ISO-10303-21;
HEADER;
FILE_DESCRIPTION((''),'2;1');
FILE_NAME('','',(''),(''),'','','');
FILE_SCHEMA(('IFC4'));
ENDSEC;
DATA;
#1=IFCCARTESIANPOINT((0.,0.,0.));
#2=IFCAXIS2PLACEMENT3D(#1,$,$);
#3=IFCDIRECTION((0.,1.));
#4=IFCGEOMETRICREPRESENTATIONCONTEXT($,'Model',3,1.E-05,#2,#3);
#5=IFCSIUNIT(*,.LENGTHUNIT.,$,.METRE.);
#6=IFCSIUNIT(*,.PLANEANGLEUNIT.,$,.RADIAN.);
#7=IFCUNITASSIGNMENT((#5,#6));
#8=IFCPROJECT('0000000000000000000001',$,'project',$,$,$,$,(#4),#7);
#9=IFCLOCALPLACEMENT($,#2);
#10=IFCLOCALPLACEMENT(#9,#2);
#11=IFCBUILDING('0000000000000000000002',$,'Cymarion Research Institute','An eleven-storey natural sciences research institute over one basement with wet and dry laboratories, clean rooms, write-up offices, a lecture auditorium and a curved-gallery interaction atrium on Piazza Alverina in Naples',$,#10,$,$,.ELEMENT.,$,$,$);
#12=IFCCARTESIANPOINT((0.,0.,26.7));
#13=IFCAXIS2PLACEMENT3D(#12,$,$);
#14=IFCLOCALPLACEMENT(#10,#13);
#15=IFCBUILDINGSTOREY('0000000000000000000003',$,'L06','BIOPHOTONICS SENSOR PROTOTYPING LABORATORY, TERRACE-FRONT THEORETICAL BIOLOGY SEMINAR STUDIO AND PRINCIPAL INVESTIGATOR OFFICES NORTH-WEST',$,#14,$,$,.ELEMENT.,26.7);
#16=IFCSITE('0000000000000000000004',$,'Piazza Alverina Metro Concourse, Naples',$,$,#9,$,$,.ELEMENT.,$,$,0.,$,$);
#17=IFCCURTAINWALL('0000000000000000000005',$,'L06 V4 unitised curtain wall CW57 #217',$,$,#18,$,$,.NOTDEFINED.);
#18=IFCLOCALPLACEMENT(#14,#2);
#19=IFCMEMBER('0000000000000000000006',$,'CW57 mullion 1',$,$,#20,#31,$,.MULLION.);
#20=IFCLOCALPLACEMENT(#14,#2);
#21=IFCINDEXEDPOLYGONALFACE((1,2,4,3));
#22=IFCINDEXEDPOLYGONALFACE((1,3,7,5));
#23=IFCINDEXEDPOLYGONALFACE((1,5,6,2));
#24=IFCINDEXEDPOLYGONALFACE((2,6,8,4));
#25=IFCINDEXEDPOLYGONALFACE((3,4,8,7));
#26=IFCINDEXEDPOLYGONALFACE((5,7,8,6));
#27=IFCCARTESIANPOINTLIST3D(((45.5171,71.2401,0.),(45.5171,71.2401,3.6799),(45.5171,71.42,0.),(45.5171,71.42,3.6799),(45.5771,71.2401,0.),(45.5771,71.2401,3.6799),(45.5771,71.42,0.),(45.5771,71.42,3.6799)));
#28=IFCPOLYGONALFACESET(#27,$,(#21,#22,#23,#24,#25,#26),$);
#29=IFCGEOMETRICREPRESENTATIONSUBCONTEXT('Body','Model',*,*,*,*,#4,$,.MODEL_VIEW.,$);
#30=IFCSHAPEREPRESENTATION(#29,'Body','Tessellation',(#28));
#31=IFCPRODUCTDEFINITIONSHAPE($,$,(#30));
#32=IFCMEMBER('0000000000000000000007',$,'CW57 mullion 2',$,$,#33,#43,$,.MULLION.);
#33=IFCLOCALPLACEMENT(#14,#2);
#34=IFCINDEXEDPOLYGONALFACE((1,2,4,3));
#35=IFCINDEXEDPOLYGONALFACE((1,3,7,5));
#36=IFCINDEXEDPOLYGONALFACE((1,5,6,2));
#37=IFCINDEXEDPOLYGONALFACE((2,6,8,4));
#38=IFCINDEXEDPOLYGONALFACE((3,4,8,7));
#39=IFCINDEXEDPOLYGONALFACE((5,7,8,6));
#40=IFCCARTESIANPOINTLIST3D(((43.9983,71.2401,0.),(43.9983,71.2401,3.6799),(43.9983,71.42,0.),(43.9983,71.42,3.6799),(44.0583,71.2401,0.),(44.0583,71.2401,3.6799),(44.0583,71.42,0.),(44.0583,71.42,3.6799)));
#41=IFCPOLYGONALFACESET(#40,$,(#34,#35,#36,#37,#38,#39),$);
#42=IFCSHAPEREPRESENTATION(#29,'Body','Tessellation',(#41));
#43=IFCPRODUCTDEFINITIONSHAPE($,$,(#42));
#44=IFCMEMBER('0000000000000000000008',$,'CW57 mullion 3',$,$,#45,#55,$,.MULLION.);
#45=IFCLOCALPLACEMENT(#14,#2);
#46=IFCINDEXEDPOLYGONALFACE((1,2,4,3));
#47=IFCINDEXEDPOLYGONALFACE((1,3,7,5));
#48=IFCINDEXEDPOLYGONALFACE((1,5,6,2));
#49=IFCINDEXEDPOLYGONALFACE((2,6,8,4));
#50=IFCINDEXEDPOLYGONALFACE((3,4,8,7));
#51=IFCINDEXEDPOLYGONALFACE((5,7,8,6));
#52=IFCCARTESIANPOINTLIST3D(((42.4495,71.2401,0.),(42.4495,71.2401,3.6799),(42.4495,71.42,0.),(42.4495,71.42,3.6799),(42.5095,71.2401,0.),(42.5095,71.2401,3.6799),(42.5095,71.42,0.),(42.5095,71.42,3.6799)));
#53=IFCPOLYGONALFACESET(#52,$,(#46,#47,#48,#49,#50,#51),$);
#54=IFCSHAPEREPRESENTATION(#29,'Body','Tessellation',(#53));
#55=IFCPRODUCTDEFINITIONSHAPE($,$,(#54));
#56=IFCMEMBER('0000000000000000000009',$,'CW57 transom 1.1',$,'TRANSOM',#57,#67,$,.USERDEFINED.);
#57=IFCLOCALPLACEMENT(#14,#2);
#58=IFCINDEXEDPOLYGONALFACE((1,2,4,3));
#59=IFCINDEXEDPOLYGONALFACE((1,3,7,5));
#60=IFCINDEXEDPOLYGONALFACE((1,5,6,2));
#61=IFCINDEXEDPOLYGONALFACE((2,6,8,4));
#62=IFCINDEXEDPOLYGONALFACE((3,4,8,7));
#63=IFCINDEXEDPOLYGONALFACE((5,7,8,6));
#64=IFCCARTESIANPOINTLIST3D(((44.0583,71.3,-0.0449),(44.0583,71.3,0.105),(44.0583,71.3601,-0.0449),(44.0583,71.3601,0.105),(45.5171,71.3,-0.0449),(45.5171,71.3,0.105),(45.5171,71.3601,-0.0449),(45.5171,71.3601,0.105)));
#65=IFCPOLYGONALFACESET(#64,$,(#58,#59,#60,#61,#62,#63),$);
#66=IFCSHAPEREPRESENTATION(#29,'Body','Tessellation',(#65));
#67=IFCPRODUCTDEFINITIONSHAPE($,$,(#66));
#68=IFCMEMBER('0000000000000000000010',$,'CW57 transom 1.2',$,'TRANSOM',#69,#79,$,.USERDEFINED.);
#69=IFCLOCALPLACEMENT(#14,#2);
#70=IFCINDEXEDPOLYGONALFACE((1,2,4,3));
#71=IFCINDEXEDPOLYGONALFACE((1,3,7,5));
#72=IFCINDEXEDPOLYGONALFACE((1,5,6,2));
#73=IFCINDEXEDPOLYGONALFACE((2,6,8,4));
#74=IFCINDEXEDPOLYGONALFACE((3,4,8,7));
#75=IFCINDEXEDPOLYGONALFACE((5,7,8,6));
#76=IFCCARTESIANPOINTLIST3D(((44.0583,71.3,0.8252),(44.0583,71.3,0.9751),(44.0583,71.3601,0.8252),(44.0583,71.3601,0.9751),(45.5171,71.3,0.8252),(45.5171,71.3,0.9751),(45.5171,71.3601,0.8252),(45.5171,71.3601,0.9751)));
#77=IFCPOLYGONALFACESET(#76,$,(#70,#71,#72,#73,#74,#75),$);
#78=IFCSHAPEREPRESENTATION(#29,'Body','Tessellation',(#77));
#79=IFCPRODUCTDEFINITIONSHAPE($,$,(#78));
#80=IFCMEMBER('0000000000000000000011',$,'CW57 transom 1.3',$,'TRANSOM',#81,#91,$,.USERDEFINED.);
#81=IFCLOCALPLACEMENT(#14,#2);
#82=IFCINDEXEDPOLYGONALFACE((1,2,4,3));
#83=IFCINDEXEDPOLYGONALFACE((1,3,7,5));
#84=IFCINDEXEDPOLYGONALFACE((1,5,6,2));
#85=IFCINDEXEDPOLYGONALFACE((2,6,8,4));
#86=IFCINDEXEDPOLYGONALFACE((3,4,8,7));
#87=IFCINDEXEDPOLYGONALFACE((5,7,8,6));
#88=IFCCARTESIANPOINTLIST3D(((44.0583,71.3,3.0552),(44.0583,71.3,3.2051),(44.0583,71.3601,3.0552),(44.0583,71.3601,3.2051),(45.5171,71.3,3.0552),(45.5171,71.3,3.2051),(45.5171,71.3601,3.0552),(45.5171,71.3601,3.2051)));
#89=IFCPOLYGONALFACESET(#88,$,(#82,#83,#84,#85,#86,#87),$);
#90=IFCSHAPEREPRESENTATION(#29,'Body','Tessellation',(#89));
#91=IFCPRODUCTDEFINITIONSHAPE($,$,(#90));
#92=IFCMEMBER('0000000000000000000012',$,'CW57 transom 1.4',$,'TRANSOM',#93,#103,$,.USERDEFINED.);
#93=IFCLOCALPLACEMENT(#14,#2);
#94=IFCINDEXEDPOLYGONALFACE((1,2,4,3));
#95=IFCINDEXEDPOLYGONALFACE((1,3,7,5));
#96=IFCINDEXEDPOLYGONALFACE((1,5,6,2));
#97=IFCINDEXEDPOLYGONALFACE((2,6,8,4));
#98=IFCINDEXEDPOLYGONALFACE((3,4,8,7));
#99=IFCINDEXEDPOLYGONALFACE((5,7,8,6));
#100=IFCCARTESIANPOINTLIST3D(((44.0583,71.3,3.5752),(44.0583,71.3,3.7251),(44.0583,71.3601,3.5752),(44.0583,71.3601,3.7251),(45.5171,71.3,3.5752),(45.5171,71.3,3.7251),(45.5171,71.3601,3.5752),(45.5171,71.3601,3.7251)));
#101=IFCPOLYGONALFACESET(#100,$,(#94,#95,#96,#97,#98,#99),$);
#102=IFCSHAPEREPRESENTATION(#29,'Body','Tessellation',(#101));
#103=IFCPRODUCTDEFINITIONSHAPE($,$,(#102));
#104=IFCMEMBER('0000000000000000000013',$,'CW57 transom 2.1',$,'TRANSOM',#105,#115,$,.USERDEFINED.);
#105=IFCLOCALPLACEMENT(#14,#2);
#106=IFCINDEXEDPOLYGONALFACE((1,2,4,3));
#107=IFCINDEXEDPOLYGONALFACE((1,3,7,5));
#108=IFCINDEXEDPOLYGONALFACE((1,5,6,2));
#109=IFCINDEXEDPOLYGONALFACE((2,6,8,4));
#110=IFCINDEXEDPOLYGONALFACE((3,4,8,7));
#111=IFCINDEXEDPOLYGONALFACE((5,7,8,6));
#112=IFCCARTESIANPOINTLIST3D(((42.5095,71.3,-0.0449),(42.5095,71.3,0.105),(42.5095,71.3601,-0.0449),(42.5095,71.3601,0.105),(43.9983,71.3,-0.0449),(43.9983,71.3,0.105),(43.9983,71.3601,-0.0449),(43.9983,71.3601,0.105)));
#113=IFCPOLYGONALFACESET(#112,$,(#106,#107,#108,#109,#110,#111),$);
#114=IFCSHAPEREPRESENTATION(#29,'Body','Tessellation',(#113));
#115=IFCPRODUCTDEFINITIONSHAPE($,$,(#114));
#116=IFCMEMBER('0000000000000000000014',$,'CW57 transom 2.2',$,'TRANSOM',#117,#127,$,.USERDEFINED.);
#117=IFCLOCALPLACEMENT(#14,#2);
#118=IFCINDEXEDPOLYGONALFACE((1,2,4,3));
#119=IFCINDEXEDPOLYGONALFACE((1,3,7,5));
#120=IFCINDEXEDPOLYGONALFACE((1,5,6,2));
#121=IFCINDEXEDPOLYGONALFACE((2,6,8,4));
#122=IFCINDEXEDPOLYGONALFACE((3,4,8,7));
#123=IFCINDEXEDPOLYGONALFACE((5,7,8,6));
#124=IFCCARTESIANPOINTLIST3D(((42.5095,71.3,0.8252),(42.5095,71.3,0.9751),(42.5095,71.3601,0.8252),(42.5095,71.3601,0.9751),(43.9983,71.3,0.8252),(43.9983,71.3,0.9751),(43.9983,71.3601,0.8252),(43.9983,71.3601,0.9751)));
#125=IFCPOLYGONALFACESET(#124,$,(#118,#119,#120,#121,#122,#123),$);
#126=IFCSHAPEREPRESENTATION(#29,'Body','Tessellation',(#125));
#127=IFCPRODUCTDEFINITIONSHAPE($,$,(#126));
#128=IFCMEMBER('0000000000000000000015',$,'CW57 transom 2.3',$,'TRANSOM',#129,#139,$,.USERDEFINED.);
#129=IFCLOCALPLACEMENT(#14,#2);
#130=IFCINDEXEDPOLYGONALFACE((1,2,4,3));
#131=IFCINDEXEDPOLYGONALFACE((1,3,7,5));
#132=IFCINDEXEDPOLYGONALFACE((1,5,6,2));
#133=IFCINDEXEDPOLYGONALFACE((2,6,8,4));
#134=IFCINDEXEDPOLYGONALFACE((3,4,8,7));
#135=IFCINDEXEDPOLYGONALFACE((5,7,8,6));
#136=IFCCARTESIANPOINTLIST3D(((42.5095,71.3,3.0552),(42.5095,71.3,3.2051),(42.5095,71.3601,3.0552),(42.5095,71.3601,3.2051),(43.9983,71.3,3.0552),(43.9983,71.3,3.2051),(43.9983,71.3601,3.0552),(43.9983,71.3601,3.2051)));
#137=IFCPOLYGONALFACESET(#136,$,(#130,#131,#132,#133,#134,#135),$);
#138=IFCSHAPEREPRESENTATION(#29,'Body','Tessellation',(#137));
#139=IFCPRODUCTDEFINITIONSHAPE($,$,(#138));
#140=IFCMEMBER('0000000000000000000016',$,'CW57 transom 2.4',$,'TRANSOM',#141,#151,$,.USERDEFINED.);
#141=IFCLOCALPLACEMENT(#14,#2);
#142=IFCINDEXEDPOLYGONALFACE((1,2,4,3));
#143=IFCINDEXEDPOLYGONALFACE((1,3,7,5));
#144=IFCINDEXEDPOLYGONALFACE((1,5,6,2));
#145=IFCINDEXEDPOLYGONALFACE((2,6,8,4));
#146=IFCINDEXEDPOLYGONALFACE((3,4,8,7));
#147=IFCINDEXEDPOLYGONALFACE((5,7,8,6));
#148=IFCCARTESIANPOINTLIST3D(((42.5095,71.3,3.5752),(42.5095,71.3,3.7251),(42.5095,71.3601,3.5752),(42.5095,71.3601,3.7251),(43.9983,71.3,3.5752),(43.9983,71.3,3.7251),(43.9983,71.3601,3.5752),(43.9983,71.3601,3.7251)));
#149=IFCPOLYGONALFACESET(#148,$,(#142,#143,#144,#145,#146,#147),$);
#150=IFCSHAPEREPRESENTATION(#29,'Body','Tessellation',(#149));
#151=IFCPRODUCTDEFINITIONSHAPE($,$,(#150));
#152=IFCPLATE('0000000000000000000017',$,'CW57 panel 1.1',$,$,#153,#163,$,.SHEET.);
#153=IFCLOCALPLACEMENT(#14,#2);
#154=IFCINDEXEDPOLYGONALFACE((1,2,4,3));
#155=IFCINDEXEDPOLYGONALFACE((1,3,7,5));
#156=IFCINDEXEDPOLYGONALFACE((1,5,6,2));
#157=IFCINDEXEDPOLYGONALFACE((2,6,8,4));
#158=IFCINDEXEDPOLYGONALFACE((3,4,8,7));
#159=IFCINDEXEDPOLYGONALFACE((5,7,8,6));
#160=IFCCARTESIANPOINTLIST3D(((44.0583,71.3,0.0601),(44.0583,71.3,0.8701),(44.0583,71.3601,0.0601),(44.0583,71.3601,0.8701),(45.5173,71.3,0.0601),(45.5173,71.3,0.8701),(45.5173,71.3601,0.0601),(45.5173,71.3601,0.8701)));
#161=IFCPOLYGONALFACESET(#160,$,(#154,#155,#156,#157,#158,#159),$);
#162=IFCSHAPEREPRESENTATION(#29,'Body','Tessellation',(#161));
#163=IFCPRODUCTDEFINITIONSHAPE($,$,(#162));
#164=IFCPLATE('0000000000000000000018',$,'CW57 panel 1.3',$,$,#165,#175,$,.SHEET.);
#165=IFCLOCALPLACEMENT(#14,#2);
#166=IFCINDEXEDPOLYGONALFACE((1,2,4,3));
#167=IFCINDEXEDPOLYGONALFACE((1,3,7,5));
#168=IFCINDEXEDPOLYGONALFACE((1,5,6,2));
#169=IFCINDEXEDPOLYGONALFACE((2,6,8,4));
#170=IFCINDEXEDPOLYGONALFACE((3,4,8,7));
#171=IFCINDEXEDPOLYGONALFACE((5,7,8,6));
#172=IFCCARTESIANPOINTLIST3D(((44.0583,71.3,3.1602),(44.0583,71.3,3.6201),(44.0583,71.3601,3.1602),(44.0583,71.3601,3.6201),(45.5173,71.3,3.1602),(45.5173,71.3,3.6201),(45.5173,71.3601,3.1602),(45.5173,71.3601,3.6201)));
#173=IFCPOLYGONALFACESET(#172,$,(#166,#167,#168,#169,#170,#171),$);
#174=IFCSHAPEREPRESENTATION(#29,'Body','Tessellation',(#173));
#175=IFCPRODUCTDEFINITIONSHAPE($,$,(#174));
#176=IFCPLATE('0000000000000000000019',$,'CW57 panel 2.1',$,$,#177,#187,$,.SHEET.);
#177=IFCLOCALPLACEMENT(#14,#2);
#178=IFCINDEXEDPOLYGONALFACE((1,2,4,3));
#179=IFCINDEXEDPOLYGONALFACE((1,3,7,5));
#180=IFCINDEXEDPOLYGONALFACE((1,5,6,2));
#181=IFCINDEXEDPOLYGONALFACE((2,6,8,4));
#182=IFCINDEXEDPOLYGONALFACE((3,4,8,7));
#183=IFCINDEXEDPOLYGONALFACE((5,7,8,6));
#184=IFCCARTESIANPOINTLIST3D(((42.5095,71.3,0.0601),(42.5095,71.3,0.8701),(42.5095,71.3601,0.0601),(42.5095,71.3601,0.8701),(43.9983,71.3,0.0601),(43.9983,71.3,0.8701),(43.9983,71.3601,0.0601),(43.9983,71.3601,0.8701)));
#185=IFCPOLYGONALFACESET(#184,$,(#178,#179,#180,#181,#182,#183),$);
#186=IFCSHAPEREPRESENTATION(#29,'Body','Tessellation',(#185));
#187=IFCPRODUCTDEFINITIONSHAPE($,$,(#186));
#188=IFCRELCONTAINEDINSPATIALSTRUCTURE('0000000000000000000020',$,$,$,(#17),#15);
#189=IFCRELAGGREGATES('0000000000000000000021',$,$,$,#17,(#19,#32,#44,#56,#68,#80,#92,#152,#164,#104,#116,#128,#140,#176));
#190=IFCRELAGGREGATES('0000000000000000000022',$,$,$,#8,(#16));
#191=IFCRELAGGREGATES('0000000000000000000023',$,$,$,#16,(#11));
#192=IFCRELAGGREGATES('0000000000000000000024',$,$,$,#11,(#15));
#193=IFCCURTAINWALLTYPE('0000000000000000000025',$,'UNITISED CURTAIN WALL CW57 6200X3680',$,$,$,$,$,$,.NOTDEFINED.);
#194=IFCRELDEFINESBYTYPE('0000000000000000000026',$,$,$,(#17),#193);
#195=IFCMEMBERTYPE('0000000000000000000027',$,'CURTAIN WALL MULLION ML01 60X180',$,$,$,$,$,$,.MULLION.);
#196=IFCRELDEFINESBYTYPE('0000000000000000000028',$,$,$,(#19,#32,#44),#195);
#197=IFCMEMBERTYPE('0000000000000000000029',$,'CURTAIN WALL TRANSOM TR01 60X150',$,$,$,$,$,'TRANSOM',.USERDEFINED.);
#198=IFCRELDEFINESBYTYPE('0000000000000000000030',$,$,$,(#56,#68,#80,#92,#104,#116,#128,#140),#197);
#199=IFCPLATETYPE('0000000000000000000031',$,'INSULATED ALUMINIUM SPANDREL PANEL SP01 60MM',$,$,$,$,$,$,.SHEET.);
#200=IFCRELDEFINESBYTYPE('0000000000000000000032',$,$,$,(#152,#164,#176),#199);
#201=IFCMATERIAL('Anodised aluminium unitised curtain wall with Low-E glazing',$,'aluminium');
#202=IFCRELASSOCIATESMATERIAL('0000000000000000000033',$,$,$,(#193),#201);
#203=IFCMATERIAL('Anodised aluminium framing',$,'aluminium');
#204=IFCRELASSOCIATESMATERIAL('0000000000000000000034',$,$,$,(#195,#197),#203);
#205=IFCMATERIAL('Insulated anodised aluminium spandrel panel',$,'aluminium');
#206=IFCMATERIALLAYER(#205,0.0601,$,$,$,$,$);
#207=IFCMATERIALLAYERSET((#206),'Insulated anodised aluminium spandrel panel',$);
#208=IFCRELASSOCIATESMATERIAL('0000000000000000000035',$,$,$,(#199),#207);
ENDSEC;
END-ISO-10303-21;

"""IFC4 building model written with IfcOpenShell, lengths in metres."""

from ifc_helpers import new_model, si_unit, direction, frame, origin, origin_2d, place, context, subcontext, project, spatial, rectangle, extrude, material, layer, layer_set, material_profile, profile_set, type_object, element, aggregate, save


model = new_model("IFC4")

# Units and contexts
model_context = context("Model", 3, precision=1e-05, world=origin(), true_north=direction((0.0, 1.0)))
body_context = subcontext(model_context, "Body", "Model", "MODEL_VIEW")
ifc_project = project(units=[si_unit("LENGTHUNIT", "METRE"), si_unit("PLANEANGLEUNIT", "RADIAN")], contexts=[model_context])

# Site, building, storey
site_placement = place(None, origin())
site = spatial("IfcSite", under=ifc_project, at=site_placement, Name="Piazza Alverina Metro Concourse, Naples", CompositionType="ELEMENT", RefElevation=0.0)
building_placement = place(site_placement, origin())
building = spatial("IfcBuilding", under=site, at=building_placement, Name="Cymarion Research Institute", Description="An eleven-storey natural sciences research institute over one basement with wet and dry laboratories, clean rooms, write-up offices, a lecture auditorium and a curved-gallery interaction atrium on Piazza Alverina in Naples", CompositionType="ELEMENT")
storey_placement = place(building_placement, frame((0.0, 0.0, 26.7)))
storey = spatial("IfcBuildingStorey", under=building, at=storey_placement, Name="L06", Description="BIOPHOTONICS SENSOR PROTOTYPING LABORATORY, TERRACE-FRONT THEORETICAL BIOLOGY SEMINAR STUDIO AND PRINCIPAL INVESTIGATOR OFFICES NORTH-WEST", CompositionType="ELEMENT", Elevation=26.7)

# Curtain wall, members, plates
ifc_material_1 = material(Name="Anodised aluminium unitised curtain wall with Low-E glazing", Category="aluminium")
curtain_wall_type = type_object("IfcCurtainWallType", Name="UNITISED CURTAIN WALL CW57 6200X3680", PredefinedType="NOTDEFINED", material=ifc_material_1)
curtain_wall_placement = place(storey_placement, origin())
curtain_wall = element("IfcCurtainWall", 1, at=curtain_wall_placement, inside=storey, type_object=curtain_wall_type, Name="L06 V4 unitised curtain wall CW57 #217", PredefinedType="NOTDEFINED")
ifc_material_2 = material(Name="Anodised aluminium framing", Category="aluminium")
ifc_material_profile_1 = material_profile(ifc_material_2, rectangle(XDim=0.0601, YDim=0.1799, at=origin_2d()), Name="ALU MULLION 60x180")
ifc_profile_set_1 = profile_set([ifc_material_profile_1], Name="Anodised aluminium framing")
member_type_1 = type_object("IfcMemberType", Name="CURTAIN WALL MULLION ML01 60X180", PredefinedType="MULLION", material=ifc_profile_set_1)
member_1_placement = place(storey_placement, frame((45.5471, 71.3301, 0.0), z_axis=(0.0, 0.0, 1.0), x_axis=(-1.0, 0.0, 0.0)))
member_1 = element("IfcMember", 2, at=member_1_placement, type_object=member_type_1, Name="CW57 mullion 1", PredefinedType="MULLION", context=body_context, shape_type="SweptSolid", body=[
    extrude(rectangle(XDim=0.0601, YDim=0.1799, at=origin_2d()), origin(), (0.0, 0.0, 1.0), 3.6799),
])
member_2_placement = place(storey_placement, frame((44.0283, 71.3301, 0.0), z_axis=(0.0, 0.0, 1.0), x_axis=(-1.0, 0.0, 0.0)))
member_2 = element("IfcMember", 3, at=member_2_placement, type_object=member_type_1, Name="CW57 mullion 2", PredefinedType="MULLION", context=body_context, shape_type="SweptSolid", body=[
    extrude(rectangle(XDim=0.0601, YDim=0.1799, at=origin_2d()), origin(), (0.0, 0.0, 1.0), 3.6799),
])
member_3_placement = place(storey_placement, frame((42.4795, 71.3301, 0.0), z_axis=(0.0, 0.0, 1.0), x_axis=(-1.0, 0.0, 0.0)))
member_3 = element("IfcMember", 4, at=member_3_placement, type_object=member_type_1, Name="CW57 mullion 3", PredefinedType="MULLION", context=body_context, shape_type="SweptSolid", body=[
    extrude(rectangle(XDim=0.0601, YDim=0.1799, at=origin_2d()), origin(), (0.0, 0.0, 1.0), 3.6799),
])
ifc_material_profile_2 = material_profile(ifc_material_2, rectangle(XDim=0.0601, YDim=0.1499, at=origin_2d()), Name="ALU TRANSOM 60x150")
ifc_profile_set_2 = profile_set([ifc_material_profile_2], Name="Anodised aluminium framing")
member_type_2 = type_object("IfcMemberType", Name="CURTAIN WALL TRANSOM TR01 60X150", ElementType="TRANSOM", PredefinedType="USERDEFINED", material=ifc_profile_set_2)
member_4_placement = place(storey_placement, frame((45.5171, 71.3301, 0.03), z_axis=(-1.0, 0.0, 0.0), x_axis=(0.0, -1.0, 0.0)))
member_4 = element("IfcMember", 5, at=member_4_placement, type_object=member_type_2, Name="CW57 transom 1.1", ObjectType="TRANSOM", PredefinedType="USERDEFINED", context=body_context, shape_type="SweptSolid", body=[
    extrude(rectangle(XDim=0.0601, YDim=0.1499, at=origin_2d()), origin(), (0.0, 0.0, 1.0), 1.4587),
])
member_5_placement = place(storey_placement, frame((45.5171, 71.3301, 0.9001), z_axis=(-1.0, 0.0, 0.0), x_axis=(0.0, -1.0, 0.0)))
member_5 = element("IfcMember", 6, at=member_5_placement, type_object=member_type_2, Name="CW57 transom 1.2", ObjectType="TRANSOM", PredefinedType="USERDEFINED", context=body_context, shape_type="SweptSolid", body=[
    extrude(rectangle(XDim=0.0601, YDim=0.1499, at=origin_2d()), origin(), (0.0, 0.0, 1.0), 1.4587),
])
member_6_placement = place(storey_placement, frame((45.5171, 71.3301, 3.1301), z_axis=(-1.0, 0.0, 0.0), x_axis=(0.0, -1.0, 0.0)))
member_6 = element("IfcMember", 7, at=member_6_placement, type_object=member_type_2, Name="CW57 transom 1.3", ObjectType="TRANSOM", PredefinedType="USERDEFINED", context=body_context, shape_type="SweptSolid", body=[
    extrude(rectangle(XDim=0.0601, YDim=0.1499, at=origin_2d()), origin(), (0.0, 0.0, 1.0), 1.4587),
])
member_7_placement = place(storey_placement, frame((45.5171, 71.3301, 3.6501), z_axis=(-1.0, 0.0, 0.0), x_axis=(0.0, -1.0, 0.0)))
member_7 = element("IfcMember", 8, at=member_7_placement, type_object=member_type_2, Name="CW57 transom 1.4", ObjectType="TRANSOM", PredefinedType="USERDEFINED", context=body_context, shape_type="SweptSolid", body=[
    extrude(rectangle(XDim=0.0601, YDim=0.1499, at=origin_2d()), origin(), (0.0, 0.0, 1.0), 1.4587),
])
member_8_placement = place(storey_placement, frame((43.9983, 71.3301, 0.03), z_axis=(-1.0, 0.0, 0.0), x_axis=(0.0, -1.0, 0.0)))
member_8 = element("IfcMember", 9, at=member_8_placement, type_object=member_type_2, Name="CW57 transom 2.1", ObjectType="TRANSOM", PredefinedType="USERDEFINED", context=body_context, shape_type="SweptSolid", body=[
    extrude(rectangle(XDim=0.0601, YDim=0.1499, at=origin_2d()), origin(), (0.0, 0.0, 1.0), 1.4888),
])
member_9_placement = place(storey_placement, frame((43.9983, 71.3301, 0.9001), z_axis=(-1.0, 0.0, 0.0), x_axis=(0.0, -1.0, 0.0)))
member_9 = element("IfcMember", 10, at=member_9_placement, type_object=member_type_2, Name="CW57 transom 2.2", ObjectType="TRANSOM", PredefinedType="USERDEFINED", context=body_context, shape_type="SweptSolid", body=[
    extrude(rectangle(XDim=0.0601, YDim=0.1499, at=origin_2d()), origin(), (0.0, 0.0, 1.0), 1.4888),
])
member_10_placement = place(storey_placement, frame((43.9983, 71.3301, 3.1301), z_axis=(-1.0, 0.0, 0.0), x_axis=(0.0, -1.0, 0.0)))
member_10 = element("IfcMember", 11, at=member_10_placement, type_object=member_type_2, Name="CW57 transom 2.3", ObjectType="TRANSOM", PredefinedType="USERDEFINED", context=body_context, shape_type="SweptSolid", body=[
    extrude(rectangle(XDim=0.0601, YDim=0.1499, at=origin_2d()), origin(), (0.0, 0.0, 1.0), 1.4888),
])
member_11_placement = place(storey_placement, frame((43.9983, 71.3301, 3.6501), z_axis=(-1.0, 0.0, 0.0), x_axis=(0.0, -1.0, 0.0)))
member_11 = element("IfcMember", 12, at=member_11_placement, type_object=member_type_2, Name="CW57 transom 2.4", ObjectType="TRANSOM", PredefinedType="USERDEFINED", context=body_context, shape_type="SweptSolid", body=[
    extrude(rectangle(XDim=0.0601, YDim=0.1499, at=origin_2d()), origin(), (0.0, 0.0, 1.0), 1.4888),
])
ifc_material_3 = material(Name="Insulated anodised aluminium spandrel panel", Category="aluminium")
ifc_layer_1 = layer(ifc_material_3, 0.0601)
ifc_layer_set_1 = layer_set([ifc_layer_1], Name="Insulated anodised aluminium spandrel panel")
plate_type_1 = type_object("IfcPlateType", Name="INSULATED ALUMINIUM SPANDREL PANEL SP01 60MM", PredefinedType="SHEET", material=ifc_layer_set_1)
plate_1_placement = place(storey_placement, frame((44.7878, 71.3301, 0.0601), z_axis=(0.0, 0.0, 1.0), x_axis=(-1.0, 0.0, 0.0)))
plate_1 = element("IfcPlate", 13, at=plate_1_placement, type_object=plate_type_1, Name="CW57 panel 1.1", PredefinedType="SHEET", context=body_context, shape_type="SweptSolid", body=[
    extrude(rectangle(XDim=1.459, YDim=0.0601, at=origin_2d()), origin(), (0.0, 0.0, 1.0), 0.8101),
])
plate_2_placement = place(storey_placement, frame((44.7878, 71.3301, 3.1602), z_axis=(0.0, 0.0, 1.0), x_axis=(-1.0, 0.0, 0.0)))
plate_2 = element("IfcPlate", 14, at=plate_2_placement, type_object=plate_type_1, Name="CW57 panel 1.3", PredefinedType="SHEET", context=body_context, shape_type="SweptSolid", body=[
    extrude(rectangle(XDim=1.459, YDim=0.0601, at=origin_2d()), origin(), (0.0, 0.0, 1.0), 0.46),
])
plate_3_placement = place(storey_placement, frame((43.2539, 71.3301, 0.0601), z_axis=(0.0, 0.0, 1.0), x_axis=(-1.0, 0.0, 0.0)))
plate_3 = element("IfcPlate", 15, at=plate_3_placement, type_object=plate_type_1, Name="CW57 panel 2.1", PredefinedType="SHEET", context=body_context, shape_type="SweptSolid", body=[
    extrude(rectangle(XDim=1.4888, YDim=0.0601, at=origin_2d()), origin(), (0.0, 0.0, 1.0), 0.8101),
])
aggregate(curtain_wall, [member_1, member_2, member_3, member_4, member_5, member_6, member_7, plate_1, plate_2, member_8, member_9, member_10, member_11, plate_3])

save(model, "model.ifc")
